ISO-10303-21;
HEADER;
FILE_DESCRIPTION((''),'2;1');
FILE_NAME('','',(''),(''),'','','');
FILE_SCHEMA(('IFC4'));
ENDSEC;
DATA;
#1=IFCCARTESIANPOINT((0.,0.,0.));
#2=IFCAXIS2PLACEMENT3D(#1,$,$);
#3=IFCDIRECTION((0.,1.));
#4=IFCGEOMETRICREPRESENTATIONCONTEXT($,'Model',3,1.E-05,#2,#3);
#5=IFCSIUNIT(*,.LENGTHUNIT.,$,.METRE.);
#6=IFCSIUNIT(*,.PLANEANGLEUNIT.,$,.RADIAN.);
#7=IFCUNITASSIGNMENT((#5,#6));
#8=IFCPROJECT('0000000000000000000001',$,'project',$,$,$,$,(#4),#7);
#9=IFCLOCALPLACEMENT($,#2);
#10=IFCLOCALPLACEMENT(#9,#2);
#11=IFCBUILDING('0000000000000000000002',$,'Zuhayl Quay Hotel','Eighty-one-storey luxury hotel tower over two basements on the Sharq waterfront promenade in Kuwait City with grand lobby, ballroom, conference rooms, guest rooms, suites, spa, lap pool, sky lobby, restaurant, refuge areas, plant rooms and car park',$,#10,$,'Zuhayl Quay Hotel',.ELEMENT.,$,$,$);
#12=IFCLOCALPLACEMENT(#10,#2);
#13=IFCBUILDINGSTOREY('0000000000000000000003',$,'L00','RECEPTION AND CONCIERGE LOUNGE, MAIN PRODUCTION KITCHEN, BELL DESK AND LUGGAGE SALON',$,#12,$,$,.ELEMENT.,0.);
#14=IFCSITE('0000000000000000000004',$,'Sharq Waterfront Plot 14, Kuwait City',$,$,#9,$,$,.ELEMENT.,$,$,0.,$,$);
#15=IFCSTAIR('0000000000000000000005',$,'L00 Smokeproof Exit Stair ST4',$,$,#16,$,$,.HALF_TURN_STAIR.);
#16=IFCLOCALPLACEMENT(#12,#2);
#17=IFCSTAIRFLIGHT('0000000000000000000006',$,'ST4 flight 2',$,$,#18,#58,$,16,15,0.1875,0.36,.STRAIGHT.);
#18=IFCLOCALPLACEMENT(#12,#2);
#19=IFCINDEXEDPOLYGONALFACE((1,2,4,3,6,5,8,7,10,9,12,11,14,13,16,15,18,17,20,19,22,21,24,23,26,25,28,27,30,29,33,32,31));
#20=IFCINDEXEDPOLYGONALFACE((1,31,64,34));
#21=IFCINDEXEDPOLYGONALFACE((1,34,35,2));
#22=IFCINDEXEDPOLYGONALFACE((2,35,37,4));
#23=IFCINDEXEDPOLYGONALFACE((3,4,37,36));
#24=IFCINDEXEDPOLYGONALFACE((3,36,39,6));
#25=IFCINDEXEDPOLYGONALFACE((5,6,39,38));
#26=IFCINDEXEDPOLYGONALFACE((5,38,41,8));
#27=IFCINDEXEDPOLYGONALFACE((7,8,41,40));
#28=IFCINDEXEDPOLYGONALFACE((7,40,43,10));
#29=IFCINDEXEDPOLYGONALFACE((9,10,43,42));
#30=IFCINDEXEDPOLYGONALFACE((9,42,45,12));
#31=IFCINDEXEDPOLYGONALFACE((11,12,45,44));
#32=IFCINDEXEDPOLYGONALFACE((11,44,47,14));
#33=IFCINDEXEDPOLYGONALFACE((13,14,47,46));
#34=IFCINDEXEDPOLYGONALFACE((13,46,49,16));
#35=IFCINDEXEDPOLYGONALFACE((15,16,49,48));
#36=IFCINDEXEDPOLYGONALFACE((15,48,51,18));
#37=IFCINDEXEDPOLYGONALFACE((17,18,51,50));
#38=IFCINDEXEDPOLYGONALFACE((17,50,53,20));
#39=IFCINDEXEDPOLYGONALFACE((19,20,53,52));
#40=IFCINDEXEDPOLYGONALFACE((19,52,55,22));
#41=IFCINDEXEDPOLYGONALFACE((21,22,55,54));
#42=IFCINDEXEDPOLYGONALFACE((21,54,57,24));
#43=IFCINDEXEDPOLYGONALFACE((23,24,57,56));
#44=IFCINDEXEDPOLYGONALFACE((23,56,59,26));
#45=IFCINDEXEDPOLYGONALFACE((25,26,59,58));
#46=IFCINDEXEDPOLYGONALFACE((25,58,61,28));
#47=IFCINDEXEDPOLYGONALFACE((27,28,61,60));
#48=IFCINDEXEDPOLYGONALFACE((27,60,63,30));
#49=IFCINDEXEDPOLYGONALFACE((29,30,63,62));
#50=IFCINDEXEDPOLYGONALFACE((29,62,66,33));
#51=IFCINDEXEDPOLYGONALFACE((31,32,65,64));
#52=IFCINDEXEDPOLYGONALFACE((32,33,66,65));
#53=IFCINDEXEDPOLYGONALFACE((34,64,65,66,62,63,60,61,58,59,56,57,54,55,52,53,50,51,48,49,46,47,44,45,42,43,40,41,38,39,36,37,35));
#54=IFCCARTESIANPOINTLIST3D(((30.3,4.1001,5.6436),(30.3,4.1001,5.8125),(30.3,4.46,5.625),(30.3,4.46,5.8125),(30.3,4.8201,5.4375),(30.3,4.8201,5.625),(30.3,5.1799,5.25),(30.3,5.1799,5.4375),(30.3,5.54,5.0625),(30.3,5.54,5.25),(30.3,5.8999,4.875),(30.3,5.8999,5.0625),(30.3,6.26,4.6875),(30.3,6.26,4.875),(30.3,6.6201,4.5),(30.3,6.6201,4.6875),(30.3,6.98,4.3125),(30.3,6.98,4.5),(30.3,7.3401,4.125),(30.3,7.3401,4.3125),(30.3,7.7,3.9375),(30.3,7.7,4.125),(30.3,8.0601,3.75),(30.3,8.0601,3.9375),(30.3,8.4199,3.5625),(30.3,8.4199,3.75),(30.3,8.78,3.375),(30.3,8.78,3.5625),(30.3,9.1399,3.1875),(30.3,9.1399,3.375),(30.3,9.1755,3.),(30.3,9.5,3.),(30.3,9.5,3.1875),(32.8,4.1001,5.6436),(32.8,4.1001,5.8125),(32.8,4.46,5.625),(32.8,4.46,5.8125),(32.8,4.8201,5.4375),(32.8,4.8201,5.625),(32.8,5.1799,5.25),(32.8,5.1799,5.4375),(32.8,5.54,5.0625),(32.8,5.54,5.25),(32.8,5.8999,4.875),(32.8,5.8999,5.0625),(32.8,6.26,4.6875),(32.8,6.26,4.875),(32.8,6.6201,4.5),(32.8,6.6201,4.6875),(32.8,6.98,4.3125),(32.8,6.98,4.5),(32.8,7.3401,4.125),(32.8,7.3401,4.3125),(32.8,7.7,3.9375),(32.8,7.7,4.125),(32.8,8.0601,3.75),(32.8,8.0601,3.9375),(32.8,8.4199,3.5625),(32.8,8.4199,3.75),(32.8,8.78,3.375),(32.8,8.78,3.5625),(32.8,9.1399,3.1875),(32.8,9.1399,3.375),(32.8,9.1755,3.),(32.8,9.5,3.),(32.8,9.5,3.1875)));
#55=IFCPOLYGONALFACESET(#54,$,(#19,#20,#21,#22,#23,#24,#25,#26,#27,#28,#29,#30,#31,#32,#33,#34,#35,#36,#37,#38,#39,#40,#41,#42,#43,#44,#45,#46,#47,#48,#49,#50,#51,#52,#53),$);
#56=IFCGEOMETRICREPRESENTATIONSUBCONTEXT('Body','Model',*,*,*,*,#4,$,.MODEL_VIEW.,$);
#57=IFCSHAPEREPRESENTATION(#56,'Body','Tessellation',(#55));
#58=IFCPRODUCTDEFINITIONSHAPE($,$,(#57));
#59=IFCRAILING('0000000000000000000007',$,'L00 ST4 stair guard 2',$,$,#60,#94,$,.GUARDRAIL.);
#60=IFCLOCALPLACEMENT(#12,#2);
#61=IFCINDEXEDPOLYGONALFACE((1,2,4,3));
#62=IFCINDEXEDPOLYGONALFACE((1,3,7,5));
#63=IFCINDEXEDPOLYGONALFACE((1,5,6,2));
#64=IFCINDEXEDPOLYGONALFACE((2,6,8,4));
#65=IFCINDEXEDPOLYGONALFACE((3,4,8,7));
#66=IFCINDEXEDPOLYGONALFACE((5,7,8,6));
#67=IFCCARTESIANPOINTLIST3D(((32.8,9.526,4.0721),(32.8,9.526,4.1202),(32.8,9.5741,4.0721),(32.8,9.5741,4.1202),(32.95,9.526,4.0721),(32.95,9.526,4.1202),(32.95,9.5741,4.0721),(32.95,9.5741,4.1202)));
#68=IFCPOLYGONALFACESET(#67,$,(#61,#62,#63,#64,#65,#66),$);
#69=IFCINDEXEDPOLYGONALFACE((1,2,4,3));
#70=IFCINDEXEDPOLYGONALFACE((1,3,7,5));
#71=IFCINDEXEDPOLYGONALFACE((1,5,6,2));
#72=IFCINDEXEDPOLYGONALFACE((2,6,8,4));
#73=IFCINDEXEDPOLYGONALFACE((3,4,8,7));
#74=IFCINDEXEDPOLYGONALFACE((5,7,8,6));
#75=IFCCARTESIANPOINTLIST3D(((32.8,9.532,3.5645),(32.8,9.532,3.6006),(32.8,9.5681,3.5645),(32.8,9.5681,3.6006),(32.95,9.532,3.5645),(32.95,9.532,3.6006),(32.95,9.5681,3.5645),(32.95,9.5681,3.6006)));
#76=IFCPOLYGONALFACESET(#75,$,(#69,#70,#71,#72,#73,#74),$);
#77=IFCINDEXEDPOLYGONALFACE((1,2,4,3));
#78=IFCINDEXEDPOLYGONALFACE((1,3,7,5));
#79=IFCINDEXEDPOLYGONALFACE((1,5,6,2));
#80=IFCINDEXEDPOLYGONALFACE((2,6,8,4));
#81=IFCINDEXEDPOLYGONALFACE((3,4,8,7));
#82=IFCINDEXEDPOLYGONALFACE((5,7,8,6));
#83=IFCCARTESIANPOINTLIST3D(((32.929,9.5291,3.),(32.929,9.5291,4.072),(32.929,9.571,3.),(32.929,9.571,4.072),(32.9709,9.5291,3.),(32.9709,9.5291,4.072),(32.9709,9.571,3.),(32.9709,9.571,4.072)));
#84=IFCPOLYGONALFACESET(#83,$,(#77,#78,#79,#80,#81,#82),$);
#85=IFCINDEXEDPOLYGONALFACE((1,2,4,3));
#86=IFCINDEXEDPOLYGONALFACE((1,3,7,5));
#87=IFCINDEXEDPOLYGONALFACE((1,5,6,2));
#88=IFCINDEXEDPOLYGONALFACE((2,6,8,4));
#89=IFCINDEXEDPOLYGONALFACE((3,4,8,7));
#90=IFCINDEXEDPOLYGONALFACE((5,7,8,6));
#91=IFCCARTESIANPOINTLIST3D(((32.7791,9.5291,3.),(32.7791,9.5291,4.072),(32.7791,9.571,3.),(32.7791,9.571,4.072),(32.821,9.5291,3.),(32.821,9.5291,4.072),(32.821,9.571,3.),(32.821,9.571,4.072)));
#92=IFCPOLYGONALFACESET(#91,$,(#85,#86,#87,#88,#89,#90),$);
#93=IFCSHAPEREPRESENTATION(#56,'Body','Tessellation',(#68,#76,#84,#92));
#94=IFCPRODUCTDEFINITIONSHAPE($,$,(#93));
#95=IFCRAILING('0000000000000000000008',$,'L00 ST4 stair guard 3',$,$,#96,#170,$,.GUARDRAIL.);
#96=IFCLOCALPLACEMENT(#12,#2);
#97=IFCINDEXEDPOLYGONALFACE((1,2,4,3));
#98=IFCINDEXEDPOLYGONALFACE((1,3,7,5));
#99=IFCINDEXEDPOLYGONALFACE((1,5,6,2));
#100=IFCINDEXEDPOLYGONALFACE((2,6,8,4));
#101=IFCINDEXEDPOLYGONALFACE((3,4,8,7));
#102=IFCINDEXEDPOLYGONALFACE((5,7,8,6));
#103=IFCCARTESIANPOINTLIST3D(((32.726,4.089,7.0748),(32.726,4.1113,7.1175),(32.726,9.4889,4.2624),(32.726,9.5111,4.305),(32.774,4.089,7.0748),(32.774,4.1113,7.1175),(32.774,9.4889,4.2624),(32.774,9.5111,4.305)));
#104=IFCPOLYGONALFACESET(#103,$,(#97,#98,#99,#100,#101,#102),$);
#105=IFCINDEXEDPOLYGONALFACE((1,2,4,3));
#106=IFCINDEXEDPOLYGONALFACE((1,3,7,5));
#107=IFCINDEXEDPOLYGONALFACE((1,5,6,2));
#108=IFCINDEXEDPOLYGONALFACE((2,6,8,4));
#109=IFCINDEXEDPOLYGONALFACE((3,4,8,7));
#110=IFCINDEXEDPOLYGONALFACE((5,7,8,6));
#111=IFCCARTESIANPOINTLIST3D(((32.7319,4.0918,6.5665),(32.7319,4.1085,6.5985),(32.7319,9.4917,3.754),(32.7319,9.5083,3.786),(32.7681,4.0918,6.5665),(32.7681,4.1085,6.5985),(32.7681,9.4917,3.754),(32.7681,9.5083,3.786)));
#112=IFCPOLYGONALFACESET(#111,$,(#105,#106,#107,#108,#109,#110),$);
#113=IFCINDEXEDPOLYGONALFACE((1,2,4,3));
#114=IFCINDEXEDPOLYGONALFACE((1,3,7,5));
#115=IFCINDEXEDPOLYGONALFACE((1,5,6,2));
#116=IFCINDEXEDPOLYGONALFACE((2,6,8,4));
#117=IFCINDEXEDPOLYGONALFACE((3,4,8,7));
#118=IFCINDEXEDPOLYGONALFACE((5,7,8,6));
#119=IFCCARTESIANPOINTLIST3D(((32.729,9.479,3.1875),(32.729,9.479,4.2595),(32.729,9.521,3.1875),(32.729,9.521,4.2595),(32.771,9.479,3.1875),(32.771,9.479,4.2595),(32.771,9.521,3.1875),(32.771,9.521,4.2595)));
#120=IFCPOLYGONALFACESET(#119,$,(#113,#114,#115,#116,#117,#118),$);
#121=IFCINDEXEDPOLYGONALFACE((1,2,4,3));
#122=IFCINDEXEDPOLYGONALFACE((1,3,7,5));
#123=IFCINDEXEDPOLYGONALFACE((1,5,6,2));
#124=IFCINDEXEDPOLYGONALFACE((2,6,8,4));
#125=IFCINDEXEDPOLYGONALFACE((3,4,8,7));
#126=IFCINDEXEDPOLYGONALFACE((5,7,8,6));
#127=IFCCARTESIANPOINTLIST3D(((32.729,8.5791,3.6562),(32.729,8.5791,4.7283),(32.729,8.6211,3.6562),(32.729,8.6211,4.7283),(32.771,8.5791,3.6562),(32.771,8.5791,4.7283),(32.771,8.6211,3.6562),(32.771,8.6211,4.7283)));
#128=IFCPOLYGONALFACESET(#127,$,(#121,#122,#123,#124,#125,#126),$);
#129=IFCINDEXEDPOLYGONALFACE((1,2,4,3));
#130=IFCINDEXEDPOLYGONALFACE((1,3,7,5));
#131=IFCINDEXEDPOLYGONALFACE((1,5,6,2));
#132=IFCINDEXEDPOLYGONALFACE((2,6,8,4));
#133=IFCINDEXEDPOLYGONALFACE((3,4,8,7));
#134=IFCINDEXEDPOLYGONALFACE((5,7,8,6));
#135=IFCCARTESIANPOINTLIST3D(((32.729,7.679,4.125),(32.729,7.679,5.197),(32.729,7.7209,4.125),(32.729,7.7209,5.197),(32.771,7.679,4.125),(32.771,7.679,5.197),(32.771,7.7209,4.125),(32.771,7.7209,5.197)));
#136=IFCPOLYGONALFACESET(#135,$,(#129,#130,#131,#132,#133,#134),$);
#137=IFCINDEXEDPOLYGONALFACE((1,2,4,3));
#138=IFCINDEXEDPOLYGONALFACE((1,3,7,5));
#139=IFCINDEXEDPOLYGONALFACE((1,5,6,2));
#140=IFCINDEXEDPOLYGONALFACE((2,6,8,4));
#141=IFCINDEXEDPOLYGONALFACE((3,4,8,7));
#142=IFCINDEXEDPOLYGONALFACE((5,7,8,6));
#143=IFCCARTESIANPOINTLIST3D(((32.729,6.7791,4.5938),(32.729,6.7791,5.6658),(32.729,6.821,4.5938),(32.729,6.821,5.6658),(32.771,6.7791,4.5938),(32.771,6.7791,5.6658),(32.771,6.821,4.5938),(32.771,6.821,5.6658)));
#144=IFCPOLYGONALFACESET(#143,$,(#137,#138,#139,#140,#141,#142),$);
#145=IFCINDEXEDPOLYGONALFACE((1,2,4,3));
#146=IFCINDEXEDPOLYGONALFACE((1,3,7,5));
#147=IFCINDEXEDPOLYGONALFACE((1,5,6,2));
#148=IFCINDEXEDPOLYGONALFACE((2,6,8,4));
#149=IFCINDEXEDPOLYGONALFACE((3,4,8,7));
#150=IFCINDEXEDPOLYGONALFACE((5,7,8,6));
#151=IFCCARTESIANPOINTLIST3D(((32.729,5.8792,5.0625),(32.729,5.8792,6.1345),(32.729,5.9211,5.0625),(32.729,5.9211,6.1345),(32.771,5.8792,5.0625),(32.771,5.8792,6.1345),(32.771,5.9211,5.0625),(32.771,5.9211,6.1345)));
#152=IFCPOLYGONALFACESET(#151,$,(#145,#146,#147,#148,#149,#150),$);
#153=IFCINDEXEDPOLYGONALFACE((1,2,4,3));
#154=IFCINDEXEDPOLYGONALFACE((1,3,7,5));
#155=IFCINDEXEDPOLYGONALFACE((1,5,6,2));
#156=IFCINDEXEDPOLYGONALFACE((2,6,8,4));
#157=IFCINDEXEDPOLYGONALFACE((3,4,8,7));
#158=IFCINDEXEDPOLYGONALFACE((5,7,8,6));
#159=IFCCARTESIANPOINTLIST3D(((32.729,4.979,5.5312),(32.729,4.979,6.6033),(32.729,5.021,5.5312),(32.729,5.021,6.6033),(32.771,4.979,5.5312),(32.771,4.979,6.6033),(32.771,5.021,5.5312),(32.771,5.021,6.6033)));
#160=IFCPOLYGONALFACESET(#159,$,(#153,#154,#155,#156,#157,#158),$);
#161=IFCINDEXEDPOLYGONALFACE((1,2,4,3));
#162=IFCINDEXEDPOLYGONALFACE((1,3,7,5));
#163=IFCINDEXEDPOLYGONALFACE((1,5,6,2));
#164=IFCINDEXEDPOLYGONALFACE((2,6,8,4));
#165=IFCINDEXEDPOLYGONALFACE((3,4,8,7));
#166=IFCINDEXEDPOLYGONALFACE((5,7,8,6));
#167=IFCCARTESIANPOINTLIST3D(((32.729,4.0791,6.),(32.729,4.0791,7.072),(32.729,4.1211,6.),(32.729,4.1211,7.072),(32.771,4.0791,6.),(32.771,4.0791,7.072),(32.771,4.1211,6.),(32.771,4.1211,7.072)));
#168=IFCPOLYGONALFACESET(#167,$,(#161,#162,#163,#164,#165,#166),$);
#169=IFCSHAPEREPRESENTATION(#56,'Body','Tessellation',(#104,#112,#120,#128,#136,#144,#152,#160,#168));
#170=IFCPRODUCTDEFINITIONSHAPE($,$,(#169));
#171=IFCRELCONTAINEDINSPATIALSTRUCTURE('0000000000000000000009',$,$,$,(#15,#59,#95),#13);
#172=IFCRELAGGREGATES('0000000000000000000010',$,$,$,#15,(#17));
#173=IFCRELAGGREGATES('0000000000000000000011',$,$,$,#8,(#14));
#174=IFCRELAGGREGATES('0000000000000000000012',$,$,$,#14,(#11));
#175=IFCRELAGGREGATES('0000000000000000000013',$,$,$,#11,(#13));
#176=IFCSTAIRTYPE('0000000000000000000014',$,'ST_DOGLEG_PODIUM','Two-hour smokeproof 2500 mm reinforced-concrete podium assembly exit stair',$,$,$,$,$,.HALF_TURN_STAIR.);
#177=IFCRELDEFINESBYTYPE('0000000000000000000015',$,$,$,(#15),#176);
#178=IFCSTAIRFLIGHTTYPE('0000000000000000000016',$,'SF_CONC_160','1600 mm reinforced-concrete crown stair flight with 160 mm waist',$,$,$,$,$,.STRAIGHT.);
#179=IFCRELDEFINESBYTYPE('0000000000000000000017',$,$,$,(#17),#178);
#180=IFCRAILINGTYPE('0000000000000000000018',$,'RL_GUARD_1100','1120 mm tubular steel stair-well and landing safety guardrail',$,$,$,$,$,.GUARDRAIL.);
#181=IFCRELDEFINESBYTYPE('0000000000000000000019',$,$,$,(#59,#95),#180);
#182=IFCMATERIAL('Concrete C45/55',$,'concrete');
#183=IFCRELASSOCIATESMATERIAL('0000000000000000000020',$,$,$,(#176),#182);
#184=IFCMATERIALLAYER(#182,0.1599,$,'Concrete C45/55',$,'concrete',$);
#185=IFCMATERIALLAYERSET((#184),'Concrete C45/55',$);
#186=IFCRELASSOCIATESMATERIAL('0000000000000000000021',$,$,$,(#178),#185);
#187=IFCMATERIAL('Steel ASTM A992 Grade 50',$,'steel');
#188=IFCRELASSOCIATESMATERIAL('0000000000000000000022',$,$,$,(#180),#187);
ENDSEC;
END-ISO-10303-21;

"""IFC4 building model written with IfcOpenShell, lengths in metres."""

from ifc_helpers import new_model, si_unit, direction, frame, origin, origin_2d, place, context, subcontext, project, spatial, polyline, rectangle, outline, extrude, material, layer, layer_set, type_object, element, aggregate, save


model = new_model("IFC4")

# Units and contexts
model_context = context("Model", 3, precision=1e-05, world=origin(), true_north=direction((0.0, 1.0)))
body_context = subcontext(model_context, "Body", "Model", "MODEL_VIEW")
ifc_project = project(units=[si_unit("LENGTHUNIT", "METRE"), si_unit("PLANEANGLEUNIT", "RADIAN")], contexts=[model_context])

# Site, building, storey
site_placement = place(None, origin())
site = spatial("IfcSite", under=ifc_project, at=site_placement, Name="Sharq Waterfront Plot 14, Kuwait City", CompositionType="ELEMENT", RefElevation=0.0)
building_placement = place(site_placement, origin())
building = spatial("IfcBuilding", under=site, at=building_placement, Name="Zuhayl Quay Hotel", Description="Eighty-one-storey luxury hotel tower over two basements on the Sharq waterfront promenade in Kuwait City with grand lobby, ballroom, conference rooms, guest rooms, suites, spa, lap pool, sky lobby, restaurant, refuge areas, plant rooms and car park", LongName="Zuhayl Quay Hotel", CompositionType="ELEMENT")
storey_placement = place(building_placement, origin())
storey = spatial("IfcBuildingStorey", under=building, at=storey_placement, Name="L00", Description="RECEPTION AND CONCIERGE LOUNGE, MAIN PRODUCTION KITCHEN, BELL DESK AND LUGGAGE SALON", CompositionType="ELEMENT", Elevation=0.0)

# Shared definitions
ifc_material_1 = material(Name="Steel ASTM A992 Grade 50", Category="steel")

# Stair, stair flight
ifc_material_2 = material(Name="Concrete C45/55", Category="concrete")
stair_type = type_object("IfcStairType", Name="ST_DOGLEG_PODIUM", Description="Two-hour smokeproof 2500 mm reinforced-concrete podium assembly exit stair", PredefinedType="HALF_TURN_STAIR", material=ifc_material_2)
stair_placement = place(storey_placement, origin())
stair = element("IfcStair", 1, at=stair_placement, inside=storey, type_object=stair_type, Name="L00 Smokeproof Exit Stair ST4", PredefinedType="HALF_TURN_STAIR")
ifc_layer_1 = layer(ifc_material_2, 0.1599, Name="Concrete C45/55", Category="concrete")
ifc_layer_set_1 = layer_set([ifc_layer_1], Name="Concrete C45/55")
stair_flight_type = type_object("IfcStairFlightType", Name="SF_CONC_160", Description="1600 mm reinforced-concrete crown stair flight with 160 mm waist", PredefinedType="STRAIGHT", material=ifc_layer_set_1)
stair_flight_placement = place(storey_placement, frame((31.55, 9.5, 3.0), z_axis=(0.0, 0.0, 1.0), x_axis=(0.0, -1.0, 0.0)))
stair_flight = element("IfcStairFlight", 2, at=stair_flight_placement, type_object=stair_flight_type, Name="ST4 flight 2", NumberOfRisers=16, NumberOfTreads=15, PredefinedType="STRAIGHT", RiserHeight=0.1875, TreadLength=0.36, context=body_context, shape_type="SweptSolid", body=[
    extrude(outline(polyline([(0.0, 0.0), (0.0, 0.1875), (0.3601, 0.1875), (0.3601, 0.375), (0.72, 0.375), (0.72, 0.5625), (1.0801, 0.5625), (1.0801, 0.75), (1.4399, 0.75), (1.4399, 0.9375), (1.8, 0.9375), (1.8, 1.125), (2.1599, 1.125), (2.1599, 1.3125), (2.52, 1.3125), (2.52, 1.5), (2.8799, 1.5), (2.8799, 1.6875), (3.24, 1.6875), (3.24, 1.875), (3.6001, 1.875), (3.6001, 2.0625), (3.96, 2.0625), (3.96, 2.25), (4.3201, 2.25), (4.3201, 2.4375), (4.6799, 2.4375), (4.6799, 2.625), (5.04, 2.625), (5.04, 2.8125), (5.3999, 2.8125), (5.3999, 3.0), (5.3999, 2.6436), (0.3245, 0.0), (0.0, 0.0)])), frame((0.0, 1.25, 0.0), z_axis=(0.0, -1.0, 0.0), x_axis=(1.0, 0.0, 0.0)), (0.0, 0.0, 1.0), 2.5),
])
aggregate(stair, [stair_flight])

# Railings
railing_type_1 = type_object("IfcRailingType", Name="RL_GUARD_1100", Description="1120 mm tubular steel stair-well and landing safety guardrail", PredefinedType="GUARDRAIL", material=ifc_material_1)
railing_1_placement = place(storey_placement, frame((32.95, 9.55, 3.0)))
element("IfcRailing", 3, at=railing_1_placement, inside=storey, type_object=railing_type_1, Name="L00 ST4 stair guard 2", PredefinedType="GUARDRAIL", context=body_context, shape_type="SweptSolid", body=[
    extrude(rectangle(XDim=0.0481, YDim=0.0481, at=origin_2d()), frame((0.0, 0.0, 1.0962), z_axis=(-1.0, 0.0, 0.0), x_axis=(0.0, -1.0, 0.0)), (0.0, 0.0, 1.0), 0.1499),
    extrude(rectangle(XDim=0.0361, YDim=0.0361, at=origin_2d()), frame((0.0, 0.0, 0.5825), z_axis=(-1.0, 0.0, 0.0), x_axis=(0.0, -1.0, 0.0)), (0.0, 0.0, 1.0), 0.1499),
    extrude(rectangle(XDim=0.042, YDim=0.042, at=origin_2d()), origin(), (0.0, 0.0, 1.0), 1.072),
    extrude(rectangle(XDim=0.042, YDim=0.042, at=origin_2d()), frame((-0.1499, 0.0, 0.0)), (0.0, 0.0, 1.0), 1.072),
])
railing_2_placement = place(storey_placement, frame((32.75, 9.5, 3.1875)))
element("IfcRailing", 4, at=railing_2_placement, inside=storey, type_object=railing_type_1, Name="L00 ST4 stair guard 3", PredefinedType="GUARDRAIL", context=body_context, shape_type="SweptSolid", body=[
    extrude(rectangle(XDim=0.0481, YDim=0.0481, at=origin_2d()), frame((0.0, 0.0, 1.0962), z_axis=(0.0, -0.886911, 0.461941), x_axis=(1.0, 0.0, 0.0)), (0.0, 0.0, 1.0), 6.0884),
    extrude(rectangle(XDim=0.0361, YDim=0.0361, at=origin_2d()), frame((0.0, 0.0, 0.5825), z_axis=(0.0, -0.886911, 0.461941), x_axis=(1.0, 0.0, 0.0)), (0.0, 0.0, 1.0), 6.0884),
    extrude(rectangle(XDim=0.042, YDim=0.042, at=origin_2d()), origin(), (0.0, 0.0, 1.0), 1.072),
    extrude(rectangle(XDim=0.042, YDim=0.042, at=origin_2d()), frame((0.0, -0.8999, 0.4688)), (0.0, 0.0, 1.0), 1.072),
    extrude(rectangle(XDim=0.042, YDim=0.042, at=origin_2d()), frame((0.0, -1.8, 0.9375)), (0.0, 0.0, 1.0), 1.072),
    extrude(rectangle(XDim=0.042, YDim=0.042, at=origin_2d()), frame((0.0, -2.7, 1.4062)), (0.0, 0.0, 1.0), 1.072),
    extrude(rectangle(XDim=0.042, YDim=0.042, at=origin_2d()), frame((0.0, -3.5999, 1.875)), (0.0, 0.0, 1.0), 1.072),
    extrude(rectangle(XDim=0.042, YDim=0.042, at=origin_2d()), frame((0.0, -4.5, 2.3438)), (0.0, 0.0, 1.0), 1.072),
    extrude(rectangle(XDim=0.042, YDim=0.042, at=origin_2d()), frame((0.0, -5.3999, 2.8125)), (0.0, 0.0, 1.0), 1.072),
])

save(model, "model.ifc")
